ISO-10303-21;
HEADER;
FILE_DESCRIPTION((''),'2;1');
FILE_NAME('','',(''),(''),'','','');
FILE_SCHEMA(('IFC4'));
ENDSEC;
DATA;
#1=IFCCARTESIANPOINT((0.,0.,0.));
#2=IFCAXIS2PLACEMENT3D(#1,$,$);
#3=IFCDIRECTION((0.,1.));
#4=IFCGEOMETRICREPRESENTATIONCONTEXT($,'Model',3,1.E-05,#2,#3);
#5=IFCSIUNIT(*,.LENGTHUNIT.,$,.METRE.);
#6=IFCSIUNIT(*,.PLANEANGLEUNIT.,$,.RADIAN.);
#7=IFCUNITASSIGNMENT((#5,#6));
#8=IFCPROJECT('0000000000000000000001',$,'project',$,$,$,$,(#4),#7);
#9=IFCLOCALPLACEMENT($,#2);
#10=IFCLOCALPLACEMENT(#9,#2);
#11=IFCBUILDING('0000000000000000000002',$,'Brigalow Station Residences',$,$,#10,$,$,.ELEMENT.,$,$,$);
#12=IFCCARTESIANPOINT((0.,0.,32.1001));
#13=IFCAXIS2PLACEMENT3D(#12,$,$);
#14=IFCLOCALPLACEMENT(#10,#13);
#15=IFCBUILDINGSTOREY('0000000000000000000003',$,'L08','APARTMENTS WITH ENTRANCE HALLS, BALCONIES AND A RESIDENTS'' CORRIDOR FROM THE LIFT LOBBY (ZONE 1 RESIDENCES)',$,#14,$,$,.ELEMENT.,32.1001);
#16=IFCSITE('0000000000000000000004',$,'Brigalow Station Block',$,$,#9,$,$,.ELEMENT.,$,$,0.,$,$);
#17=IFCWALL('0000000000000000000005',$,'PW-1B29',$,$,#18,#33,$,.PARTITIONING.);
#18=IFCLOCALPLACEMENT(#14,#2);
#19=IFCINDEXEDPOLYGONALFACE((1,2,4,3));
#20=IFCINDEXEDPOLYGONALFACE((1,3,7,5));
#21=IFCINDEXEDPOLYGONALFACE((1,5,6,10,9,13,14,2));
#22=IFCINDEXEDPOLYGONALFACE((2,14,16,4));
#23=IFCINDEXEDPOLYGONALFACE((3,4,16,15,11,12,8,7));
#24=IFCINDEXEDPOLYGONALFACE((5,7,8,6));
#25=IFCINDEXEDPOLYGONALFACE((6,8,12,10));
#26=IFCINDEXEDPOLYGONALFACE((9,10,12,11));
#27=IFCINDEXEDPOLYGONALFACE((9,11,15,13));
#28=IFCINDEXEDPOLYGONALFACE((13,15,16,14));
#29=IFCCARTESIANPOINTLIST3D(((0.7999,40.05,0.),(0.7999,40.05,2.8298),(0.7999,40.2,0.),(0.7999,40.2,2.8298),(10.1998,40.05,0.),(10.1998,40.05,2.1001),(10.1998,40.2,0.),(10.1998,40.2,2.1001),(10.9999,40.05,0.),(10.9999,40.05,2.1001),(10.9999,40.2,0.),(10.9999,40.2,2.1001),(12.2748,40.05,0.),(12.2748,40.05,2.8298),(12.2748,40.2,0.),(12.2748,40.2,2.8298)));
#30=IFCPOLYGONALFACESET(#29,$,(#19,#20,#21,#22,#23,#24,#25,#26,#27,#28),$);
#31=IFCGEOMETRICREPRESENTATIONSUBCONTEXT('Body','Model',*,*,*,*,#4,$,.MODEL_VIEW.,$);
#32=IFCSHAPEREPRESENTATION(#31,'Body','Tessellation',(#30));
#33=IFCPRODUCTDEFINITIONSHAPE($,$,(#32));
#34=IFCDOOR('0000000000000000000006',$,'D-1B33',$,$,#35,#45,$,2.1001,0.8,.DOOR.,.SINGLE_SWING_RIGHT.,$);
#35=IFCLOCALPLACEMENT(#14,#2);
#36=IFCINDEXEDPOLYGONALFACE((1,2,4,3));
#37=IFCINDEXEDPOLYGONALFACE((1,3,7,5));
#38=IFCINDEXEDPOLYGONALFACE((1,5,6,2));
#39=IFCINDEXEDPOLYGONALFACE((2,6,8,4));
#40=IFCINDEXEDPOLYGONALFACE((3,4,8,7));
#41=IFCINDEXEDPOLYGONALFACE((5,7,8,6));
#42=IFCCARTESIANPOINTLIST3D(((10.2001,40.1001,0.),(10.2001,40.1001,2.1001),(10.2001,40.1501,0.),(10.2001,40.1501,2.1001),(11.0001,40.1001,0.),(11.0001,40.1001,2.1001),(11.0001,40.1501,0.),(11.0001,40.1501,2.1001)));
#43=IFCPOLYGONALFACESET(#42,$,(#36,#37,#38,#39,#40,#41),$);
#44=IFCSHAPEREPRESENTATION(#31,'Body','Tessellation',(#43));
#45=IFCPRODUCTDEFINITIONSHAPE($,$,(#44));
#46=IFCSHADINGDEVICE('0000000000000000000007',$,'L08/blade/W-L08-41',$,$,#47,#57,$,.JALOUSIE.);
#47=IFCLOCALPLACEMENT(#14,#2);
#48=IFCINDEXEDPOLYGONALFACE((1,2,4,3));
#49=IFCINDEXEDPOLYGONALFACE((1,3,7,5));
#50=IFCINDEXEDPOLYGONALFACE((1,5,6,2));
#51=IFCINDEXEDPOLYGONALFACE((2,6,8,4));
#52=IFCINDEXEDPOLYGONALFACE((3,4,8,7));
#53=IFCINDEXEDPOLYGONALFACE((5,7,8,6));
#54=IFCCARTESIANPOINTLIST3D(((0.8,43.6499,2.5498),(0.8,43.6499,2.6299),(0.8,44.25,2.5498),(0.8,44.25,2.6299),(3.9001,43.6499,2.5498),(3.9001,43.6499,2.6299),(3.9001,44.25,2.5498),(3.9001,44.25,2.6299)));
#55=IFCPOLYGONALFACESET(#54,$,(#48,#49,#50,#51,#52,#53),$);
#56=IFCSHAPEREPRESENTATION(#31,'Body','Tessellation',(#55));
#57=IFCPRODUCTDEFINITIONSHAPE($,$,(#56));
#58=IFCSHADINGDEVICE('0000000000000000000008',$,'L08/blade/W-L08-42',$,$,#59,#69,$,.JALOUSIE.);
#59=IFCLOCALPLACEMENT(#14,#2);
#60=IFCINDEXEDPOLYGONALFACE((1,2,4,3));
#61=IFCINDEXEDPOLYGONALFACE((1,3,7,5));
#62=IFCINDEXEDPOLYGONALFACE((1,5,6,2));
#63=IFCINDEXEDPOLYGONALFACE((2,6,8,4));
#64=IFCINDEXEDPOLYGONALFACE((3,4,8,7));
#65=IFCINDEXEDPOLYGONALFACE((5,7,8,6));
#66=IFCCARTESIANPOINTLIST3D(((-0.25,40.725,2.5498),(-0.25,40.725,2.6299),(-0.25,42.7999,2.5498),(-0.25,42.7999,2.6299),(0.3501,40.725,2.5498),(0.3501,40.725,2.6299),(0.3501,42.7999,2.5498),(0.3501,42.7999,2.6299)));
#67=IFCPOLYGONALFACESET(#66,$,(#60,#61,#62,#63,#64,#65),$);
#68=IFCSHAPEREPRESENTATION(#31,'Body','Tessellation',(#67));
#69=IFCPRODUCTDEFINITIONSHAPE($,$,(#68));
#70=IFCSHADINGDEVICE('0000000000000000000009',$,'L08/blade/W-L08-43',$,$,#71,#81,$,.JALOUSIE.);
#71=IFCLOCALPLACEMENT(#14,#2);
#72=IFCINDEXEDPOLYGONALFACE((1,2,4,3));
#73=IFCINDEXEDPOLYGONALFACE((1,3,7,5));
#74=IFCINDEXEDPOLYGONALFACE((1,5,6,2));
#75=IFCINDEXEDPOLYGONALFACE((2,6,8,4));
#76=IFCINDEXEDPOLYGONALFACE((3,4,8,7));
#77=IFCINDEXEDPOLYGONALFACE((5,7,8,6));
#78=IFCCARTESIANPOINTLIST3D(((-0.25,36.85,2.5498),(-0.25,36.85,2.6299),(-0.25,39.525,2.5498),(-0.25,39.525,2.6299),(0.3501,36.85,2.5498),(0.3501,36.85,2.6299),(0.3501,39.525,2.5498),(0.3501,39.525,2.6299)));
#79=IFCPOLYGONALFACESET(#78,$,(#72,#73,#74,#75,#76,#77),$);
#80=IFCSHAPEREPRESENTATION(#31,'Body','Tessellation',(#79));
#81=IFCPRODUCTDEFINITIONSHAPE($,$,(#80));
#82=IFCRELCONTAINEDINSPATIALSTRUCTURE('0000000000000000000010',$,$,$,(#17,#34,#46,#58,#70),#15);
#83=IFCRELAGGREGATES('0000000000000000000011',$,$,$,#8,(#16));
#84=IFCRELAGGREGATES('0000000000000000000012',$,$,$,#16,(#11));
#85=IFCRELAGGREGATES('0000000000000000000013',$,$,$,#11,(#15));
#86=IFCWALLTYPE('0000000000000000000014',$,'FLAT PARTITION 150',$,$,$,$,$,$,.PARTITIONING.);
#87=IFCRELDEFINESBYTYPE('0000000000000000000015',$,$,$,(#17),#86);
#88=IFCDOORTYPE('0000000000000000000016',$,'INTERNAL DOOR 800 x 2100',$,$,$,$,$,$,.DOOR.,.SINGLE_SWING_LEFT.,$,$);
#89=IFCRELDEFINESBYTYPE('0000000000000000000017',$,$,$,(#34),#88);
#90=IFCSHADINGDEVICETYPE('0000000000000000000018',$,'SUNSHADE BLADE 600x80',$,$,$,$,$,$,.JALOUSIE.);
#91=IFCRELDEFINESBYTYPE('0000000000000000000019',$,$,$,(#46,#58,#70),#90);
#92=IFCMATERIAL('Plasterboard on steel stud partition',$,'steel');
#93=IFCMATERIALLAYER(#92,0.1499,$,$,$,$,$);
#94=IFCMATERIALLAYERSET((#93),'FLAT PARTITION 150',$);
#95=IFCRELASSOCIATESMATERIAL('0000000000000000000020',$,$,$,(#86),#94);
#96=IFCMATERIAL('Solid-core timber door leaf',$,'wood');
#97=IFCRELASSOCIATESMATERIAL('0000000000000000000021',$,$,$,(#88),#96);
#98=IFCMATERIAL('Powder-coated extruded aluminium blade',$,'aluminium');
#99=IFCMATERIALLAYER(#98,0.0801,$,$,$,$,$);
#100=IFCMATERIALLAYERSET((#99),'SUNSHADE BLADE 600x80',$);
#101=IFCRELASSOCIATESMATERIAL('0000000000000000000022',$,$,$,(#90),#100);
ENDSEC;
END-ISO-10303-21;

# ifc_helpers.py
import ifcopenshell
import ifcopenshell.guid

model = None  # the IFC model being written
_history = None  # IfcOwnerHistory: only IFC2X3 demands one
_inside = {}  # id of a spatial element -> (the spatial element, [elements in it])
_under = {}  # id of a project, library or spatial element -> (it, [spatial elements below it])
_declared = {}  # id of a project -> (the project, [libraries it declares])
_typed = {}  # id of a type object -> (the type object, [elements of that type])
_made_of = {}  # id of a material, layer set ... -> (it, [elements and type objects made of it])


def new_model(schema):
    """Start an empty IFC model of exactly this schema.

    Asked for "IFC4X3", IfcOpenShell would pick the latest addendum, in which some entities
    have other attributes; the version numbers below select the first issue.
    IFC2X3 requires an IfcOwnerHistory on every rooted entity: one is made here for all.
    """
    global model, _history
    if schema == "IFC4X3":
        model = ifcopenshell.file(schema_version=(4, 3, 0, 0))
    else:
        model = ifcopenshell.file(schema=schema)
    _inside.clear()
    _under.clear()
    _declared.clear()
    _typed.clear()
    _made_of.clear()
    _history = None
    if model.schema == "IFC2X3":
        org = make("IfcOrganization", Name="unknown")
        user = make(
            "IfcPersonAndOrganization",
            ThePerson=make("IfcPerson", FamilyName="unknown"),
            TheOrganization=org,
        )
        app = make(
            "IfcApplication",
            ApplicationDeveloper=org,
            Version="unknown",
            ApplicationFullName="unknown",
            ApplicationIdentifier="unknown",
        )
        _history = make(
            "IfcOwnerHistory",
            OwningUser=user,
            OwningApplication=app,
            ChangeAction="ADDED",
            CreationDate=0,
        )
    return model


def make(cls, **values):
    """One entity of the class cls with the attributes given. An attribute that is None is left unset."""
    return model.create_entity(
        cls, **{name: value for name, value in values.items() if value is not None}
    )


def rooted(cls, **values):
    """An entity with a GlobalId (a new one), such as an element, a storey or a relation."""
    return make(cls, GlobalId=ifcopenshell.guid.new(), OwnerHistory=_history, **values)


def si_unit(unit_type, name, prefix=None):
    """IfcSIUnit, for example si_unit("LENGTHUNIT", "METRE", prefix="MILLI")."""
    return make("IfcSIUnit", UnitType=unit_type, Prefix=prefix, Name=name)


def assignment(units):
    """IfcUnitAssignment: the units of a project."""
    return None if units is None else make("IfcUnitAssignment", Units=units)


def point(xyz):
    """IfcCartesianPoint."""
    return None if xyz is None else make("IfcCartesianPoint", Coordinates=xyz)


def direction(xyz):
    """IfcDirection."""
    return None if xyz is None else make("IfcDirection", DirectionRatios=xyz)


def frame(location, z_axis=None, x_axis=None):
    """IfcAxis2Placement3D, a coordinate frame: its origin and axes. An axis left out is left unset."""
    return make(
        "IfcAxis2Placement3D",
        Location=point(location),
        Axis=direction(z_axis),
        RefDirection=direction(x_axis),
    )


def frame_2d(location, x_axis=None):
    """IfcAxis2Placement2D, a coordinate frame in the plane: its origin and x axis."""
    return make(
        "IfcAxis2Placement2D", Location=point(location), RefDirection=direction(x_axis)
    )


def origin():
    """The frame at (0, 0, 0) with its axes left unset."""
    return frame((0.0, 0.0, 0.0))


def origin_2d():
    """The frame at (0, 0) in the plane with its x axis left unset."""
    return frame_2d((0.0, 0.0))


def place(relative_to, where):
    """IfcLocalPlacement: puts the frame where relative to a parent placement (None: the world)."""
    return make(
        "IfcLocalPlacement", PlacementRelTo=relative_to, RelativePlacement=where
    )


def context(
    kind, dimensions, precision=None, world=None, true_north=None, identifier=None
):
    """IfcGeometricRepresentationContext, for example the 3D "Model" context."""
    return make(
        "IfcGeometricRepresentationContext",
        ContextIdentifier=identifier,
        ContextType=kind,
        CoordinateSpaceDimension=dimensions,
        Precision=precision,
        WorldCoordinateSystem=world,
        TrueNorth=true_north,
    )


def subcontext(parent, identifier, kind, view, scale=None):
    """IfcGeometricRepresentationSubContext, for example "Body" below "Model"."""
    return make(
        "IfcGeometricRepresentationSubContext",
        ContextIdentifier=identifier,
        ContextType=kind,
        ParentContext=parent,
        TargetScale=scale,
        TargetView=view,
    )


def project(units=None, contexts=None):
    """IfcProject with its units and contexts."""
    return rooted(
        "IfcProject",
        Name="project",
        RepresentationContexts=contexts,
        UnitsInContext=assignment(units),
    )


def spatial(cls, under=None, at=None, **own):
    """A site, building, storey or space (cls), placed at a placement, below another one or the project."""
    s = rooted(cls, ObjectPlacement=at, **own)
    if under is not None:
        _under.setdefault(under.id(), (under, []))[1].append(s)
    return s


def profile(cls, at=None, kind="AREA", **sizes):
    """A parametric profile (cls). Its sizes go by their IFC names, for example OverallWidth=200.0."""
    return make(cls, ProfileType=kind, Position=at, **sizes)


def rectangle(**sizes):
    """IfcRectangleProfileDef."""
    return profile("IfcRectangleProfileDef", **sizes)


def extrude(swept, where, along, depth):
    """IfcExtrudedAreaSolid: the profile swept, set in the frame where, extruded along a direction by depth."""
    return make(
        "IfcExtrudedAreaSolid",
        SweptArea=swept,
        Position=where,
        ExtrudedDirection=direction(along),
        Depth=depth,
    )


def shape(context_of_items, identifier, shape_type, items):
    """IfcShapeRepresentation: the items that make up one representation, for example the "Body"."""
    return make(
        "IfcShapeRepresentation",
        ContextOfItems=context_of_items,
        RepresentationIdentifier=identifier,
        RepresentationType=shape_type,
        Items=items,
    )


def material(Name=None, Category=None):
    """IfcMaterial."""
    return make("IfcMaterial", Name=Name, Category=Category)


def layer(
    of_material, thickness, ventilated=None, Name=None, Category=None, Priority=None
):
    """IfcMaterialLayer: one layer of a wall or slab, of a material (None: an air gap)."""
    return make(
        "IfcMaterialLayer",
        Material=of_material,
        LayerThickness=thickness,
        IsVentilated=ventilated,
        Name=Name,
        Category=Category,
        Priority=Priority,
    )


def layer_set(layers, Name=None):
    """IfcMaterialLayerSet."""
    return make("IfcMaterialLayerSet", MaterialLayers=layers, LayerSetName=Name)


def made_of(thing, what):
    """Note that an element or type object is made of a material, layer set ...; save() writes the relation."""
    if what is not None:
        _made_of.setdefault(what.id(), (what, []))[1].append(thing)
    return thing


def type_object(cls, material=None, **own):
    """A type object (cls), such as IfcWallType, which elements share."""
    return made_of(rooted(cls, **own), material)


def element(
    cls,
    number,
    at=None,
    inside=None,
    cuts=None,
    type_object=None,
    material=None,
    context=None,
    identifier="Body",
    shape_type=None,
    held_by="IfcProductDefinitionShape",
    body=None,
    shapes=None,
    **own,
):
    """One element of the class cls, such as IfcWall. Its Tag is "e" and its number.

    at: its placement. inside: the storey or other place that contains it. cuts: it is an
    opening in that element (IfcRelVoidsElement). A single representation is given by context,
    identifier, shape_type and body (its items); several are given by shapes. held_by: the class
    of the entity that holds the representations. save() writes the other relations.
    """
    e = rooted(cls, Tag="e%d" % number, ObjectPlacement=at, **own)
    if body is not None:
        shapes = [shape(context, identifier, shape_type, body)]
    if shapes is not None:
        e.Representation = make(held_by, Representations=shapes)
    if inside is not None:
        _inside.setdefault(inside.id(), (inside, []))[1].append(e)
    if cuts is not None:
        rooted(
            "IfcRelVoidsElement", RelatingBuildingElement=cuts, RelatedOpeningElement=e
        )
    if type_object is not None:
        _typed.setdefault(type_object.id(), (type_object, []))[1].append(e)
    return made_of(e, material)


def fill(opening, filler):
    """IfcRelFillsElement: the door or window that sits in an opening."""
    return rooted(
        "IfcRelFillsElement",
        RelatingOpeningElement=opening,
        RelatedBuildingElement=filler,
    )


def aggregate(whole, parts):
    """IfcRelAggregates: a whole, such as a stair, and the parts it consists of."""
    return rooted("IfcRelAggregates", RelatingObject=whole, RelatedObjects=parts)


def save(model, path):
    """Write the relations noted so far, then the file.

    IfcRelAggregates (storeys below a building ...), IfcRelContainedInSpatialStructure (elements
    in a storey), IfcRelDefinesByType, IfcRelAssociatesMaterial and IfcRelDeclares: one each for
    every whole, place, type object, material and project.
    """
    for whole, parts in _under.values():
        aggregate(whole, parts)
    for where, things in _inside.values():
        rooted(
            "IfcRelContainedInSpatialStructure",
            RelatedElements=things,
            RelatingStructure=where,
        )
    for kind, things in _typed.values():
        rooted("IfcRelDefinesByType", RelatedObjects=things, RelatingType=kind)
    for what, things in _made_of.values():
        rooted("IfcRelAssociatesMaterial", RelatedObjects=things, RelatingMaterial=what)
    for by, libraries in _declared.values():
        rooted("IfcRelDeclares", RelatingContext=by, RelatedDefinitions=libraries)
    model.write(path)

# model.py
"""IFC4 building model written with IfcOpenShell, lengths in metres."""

from ifc_helpers import new_model, si_unit, direction, frame, frame_2d, origin, origin_2d, place, context, subcontext, project, spatial, rectangle, extrude, material, layer, layer_set, type_object, element, fill, save


model = new_model("IFC4")

# Units and contexts
model_context = context("Model", 3, precision=1e-05, world=origin(), true_north=direction((0.0, 1.0)))
body_context = subcontext(model_context, "Body", "Model", "MODEL_VIEW")
ifc_project = project(units=[si_unit("LENGTHUNIT", "METRE"), si_unit("PLANEANGLEUNIT", "RADIAN")], contexts=[model_context])

# Site, building, storey
site_placement = place(None, origin())
site = spatial("IfcSite", under=ifc_project, at=site_placement, Name="Brigalow Station Block", CompositionType="ELEMENT", RefElevation=0.0)
building_placement = place(site_placement, origin())
building = spatial("IfcBuilding", under=site, at=building_placement, Name="Brigalow Station Residences", CompositionType="ELEMENT")
storey_placement = place(building_placement, frame((0.0, 0.0, 32.1001)))
storey = spatial("IfcBuildingStorey", under=building, at=storey_placement, Name="L08", Description="APARTMENTS WITH ENTRANCE HALLS, BALCONIES AND A RESIDENTS' CORRIDOR FROM THE LIFT LOBBY (ZONE 1 RESIDENCES)", CompositionType="ELEMENT", Elevation=32.1001)

# Wall, opening, door
ifc_material_1 = material(Name="Plasterboard on steel stud partition", Category="steel")
ifc_layer_1 = layer(ifc_material_1, 0.1499)
ifc_layer_set_1 = layer_set([ifc_layer_1], Name="FLAT PARTITION 150")
wall_type_1 = type_object("IfcWallType", Name="FLAT PARTITION 150", PredefinedType="PARTITIONING", material=ifc_layer_set_1)
wall_1_placement = place(storey_placement, frame((0.8, 40.125, 0.0), z_axis=(0.0, 0.0, 1.0), x_axis=(1.0, 0.0, 0.0)))
wall_1 = element("IfcWall", 1, at=wall_1_placement, inside=storey, type_object=wall_type_1, Name="PW-1B29", PredefinedType="PARTITIONING", context=body_context, shape_type="SweptSolid", body=[
    extrude(rectangle(XDim=11.4749, YDim=0.1499, at=frame_2d((5.7373, 0.0))), origin(), (0.0, 0.0, 1.0), 2.8298),
])
opening_1_placement = place(wall_1_placement, frame((9.3999, 0.0, 0.0)))
opening_1 = element("IfcOpeningElement", 2, at=opening_1_placement, cuts=wall_1, PredefinedType="OPENING", context=body_context, shape_type="SweptSolid", body=[
    extrude(rectangle(XDim=0.8, YDim=2.1001, at=frame_2d((0.3999, 1.05))), frame((0.0, 0.085, 0.0), z_axis=(0.0, -1.0, 0.0), x_axis=(1.0, 0.0, 0.0)), (0.0, 0.0, 1.0), 0.1699),
])
ifc_material_2 = material(Name="Solid-core timber door leaf", Category="wood")
door_type = type_object("IfcDoorType", Name="INTERNAL DOOR 800 x 2100", OperationType="SINGLE_SWING_LEFT", PredefinedType="DOOR", material=ifc_material_2)
door_placement = place(opening_1_placement, frame((0.8, 0.0, 0.0), z_axis=(0.0, 0.0, 1.0), x_axis=(-1.0, 0.0, 0.0)))
door = element("IfcDoor", 3, at=door_placement, inside=storey, type_object=door_type, Name="D-1B33", OperationType="SINGLE_SWING_RIGHT", OverallHeight=2.1001, OverallWidth=0.8, PredefinedType="DOOR", context=body_context, shape_type="SweptSolid", body=[
    extrude(rectangle(XDim=0.8, YDim=2.1001, at=frame_2d((0.3999, 1.05))), frame((0.0, 0.0249, 0.0), z_axis=(0.0, -1.0, 0.0), x_axis=(1.0, 0.0, 0.0)), (0.0, 0.0, 1.0), 0.05),
])
fill(opening_1, door)

# Shading devices
ifc_material_3 = material(Name="Powder-coated extruded aluminium blade", Category="aluminium")
ifc_layer_2 = layer(ifc_material_3, 0.0801)
ifc_layer_set_2 = layer_set([ifc_layer_2], Name="SUNSHADE BLADE 600x80")
shading_device_type = type_object("IfcShadingDeviceType", Name="SUNSHADE BLADE 600x80", PredefinedType="JALOUSIE", material=ifc_layer_set_2)
shading_device_1_placement = place(storey_placement, frame((2.3501, 43.95, 2.5498), z_axis=(0.0, 0.0, 1.0), x_axis=(-1.0, 0.0, 0.0)))
element("IfcShadingDevice", 4, at=shading_device_1_placement, inside=storey, type_object=shading_device_type, Name="L08/blade/W-L08-41", PredefinedType="JALOUSIE", context=body_context, shape_type="SweptSolid", body=[
    extrude(rectangle(XDim=3.1001, YDim=0.6001, at=origin_2d()), origin(), (0.0, 0.0, 1.0), 0.0801),
])
shading_device_2_placement = place(storey_placement, frame((0.05, 41.7625, 2.5498), z_axis=(0.0, 0.0, 1.0), x_axis=(0.0, -1.0, 0.0)))
element("IfcShadingDevice", 5, at=shading_device_2_placement, inside=storey, type_object=shading_device_type, Name="L08/blade/W-L08-42", PredefinedType="JALOUSIE", context=body_context, shape_type="SweptSolid", body=[
    extrude(rectangle(XDim=2.075, YDim=0.6001, at=origin_2d()), origin(), (0.0, 0.0, 1.0), 0.0801),
])
shading_device_3_placement = place(storey_placement, frame((0.05, 38.1875, 2.5498), z_axis=(0.0, 0.0, 1.0), x_axis=(0.0, -1.0, 0.0)))
element("IfcShadingDevice", 6, at=shading_device_3_placement, inside=storey, type_object=shading_device_type, Name="L08/blade/W-L08-43", PredefinedType="JALOUSIE", context=body_context, shape_type="SweptSolid", body=[
    extrude(rectangle(XDim=2.675, YDim=0.6001, at=origin_2d()), origin(), (0.0, 0.0, 1.0), 0.0801),
])

save(model, "model.ifc")
